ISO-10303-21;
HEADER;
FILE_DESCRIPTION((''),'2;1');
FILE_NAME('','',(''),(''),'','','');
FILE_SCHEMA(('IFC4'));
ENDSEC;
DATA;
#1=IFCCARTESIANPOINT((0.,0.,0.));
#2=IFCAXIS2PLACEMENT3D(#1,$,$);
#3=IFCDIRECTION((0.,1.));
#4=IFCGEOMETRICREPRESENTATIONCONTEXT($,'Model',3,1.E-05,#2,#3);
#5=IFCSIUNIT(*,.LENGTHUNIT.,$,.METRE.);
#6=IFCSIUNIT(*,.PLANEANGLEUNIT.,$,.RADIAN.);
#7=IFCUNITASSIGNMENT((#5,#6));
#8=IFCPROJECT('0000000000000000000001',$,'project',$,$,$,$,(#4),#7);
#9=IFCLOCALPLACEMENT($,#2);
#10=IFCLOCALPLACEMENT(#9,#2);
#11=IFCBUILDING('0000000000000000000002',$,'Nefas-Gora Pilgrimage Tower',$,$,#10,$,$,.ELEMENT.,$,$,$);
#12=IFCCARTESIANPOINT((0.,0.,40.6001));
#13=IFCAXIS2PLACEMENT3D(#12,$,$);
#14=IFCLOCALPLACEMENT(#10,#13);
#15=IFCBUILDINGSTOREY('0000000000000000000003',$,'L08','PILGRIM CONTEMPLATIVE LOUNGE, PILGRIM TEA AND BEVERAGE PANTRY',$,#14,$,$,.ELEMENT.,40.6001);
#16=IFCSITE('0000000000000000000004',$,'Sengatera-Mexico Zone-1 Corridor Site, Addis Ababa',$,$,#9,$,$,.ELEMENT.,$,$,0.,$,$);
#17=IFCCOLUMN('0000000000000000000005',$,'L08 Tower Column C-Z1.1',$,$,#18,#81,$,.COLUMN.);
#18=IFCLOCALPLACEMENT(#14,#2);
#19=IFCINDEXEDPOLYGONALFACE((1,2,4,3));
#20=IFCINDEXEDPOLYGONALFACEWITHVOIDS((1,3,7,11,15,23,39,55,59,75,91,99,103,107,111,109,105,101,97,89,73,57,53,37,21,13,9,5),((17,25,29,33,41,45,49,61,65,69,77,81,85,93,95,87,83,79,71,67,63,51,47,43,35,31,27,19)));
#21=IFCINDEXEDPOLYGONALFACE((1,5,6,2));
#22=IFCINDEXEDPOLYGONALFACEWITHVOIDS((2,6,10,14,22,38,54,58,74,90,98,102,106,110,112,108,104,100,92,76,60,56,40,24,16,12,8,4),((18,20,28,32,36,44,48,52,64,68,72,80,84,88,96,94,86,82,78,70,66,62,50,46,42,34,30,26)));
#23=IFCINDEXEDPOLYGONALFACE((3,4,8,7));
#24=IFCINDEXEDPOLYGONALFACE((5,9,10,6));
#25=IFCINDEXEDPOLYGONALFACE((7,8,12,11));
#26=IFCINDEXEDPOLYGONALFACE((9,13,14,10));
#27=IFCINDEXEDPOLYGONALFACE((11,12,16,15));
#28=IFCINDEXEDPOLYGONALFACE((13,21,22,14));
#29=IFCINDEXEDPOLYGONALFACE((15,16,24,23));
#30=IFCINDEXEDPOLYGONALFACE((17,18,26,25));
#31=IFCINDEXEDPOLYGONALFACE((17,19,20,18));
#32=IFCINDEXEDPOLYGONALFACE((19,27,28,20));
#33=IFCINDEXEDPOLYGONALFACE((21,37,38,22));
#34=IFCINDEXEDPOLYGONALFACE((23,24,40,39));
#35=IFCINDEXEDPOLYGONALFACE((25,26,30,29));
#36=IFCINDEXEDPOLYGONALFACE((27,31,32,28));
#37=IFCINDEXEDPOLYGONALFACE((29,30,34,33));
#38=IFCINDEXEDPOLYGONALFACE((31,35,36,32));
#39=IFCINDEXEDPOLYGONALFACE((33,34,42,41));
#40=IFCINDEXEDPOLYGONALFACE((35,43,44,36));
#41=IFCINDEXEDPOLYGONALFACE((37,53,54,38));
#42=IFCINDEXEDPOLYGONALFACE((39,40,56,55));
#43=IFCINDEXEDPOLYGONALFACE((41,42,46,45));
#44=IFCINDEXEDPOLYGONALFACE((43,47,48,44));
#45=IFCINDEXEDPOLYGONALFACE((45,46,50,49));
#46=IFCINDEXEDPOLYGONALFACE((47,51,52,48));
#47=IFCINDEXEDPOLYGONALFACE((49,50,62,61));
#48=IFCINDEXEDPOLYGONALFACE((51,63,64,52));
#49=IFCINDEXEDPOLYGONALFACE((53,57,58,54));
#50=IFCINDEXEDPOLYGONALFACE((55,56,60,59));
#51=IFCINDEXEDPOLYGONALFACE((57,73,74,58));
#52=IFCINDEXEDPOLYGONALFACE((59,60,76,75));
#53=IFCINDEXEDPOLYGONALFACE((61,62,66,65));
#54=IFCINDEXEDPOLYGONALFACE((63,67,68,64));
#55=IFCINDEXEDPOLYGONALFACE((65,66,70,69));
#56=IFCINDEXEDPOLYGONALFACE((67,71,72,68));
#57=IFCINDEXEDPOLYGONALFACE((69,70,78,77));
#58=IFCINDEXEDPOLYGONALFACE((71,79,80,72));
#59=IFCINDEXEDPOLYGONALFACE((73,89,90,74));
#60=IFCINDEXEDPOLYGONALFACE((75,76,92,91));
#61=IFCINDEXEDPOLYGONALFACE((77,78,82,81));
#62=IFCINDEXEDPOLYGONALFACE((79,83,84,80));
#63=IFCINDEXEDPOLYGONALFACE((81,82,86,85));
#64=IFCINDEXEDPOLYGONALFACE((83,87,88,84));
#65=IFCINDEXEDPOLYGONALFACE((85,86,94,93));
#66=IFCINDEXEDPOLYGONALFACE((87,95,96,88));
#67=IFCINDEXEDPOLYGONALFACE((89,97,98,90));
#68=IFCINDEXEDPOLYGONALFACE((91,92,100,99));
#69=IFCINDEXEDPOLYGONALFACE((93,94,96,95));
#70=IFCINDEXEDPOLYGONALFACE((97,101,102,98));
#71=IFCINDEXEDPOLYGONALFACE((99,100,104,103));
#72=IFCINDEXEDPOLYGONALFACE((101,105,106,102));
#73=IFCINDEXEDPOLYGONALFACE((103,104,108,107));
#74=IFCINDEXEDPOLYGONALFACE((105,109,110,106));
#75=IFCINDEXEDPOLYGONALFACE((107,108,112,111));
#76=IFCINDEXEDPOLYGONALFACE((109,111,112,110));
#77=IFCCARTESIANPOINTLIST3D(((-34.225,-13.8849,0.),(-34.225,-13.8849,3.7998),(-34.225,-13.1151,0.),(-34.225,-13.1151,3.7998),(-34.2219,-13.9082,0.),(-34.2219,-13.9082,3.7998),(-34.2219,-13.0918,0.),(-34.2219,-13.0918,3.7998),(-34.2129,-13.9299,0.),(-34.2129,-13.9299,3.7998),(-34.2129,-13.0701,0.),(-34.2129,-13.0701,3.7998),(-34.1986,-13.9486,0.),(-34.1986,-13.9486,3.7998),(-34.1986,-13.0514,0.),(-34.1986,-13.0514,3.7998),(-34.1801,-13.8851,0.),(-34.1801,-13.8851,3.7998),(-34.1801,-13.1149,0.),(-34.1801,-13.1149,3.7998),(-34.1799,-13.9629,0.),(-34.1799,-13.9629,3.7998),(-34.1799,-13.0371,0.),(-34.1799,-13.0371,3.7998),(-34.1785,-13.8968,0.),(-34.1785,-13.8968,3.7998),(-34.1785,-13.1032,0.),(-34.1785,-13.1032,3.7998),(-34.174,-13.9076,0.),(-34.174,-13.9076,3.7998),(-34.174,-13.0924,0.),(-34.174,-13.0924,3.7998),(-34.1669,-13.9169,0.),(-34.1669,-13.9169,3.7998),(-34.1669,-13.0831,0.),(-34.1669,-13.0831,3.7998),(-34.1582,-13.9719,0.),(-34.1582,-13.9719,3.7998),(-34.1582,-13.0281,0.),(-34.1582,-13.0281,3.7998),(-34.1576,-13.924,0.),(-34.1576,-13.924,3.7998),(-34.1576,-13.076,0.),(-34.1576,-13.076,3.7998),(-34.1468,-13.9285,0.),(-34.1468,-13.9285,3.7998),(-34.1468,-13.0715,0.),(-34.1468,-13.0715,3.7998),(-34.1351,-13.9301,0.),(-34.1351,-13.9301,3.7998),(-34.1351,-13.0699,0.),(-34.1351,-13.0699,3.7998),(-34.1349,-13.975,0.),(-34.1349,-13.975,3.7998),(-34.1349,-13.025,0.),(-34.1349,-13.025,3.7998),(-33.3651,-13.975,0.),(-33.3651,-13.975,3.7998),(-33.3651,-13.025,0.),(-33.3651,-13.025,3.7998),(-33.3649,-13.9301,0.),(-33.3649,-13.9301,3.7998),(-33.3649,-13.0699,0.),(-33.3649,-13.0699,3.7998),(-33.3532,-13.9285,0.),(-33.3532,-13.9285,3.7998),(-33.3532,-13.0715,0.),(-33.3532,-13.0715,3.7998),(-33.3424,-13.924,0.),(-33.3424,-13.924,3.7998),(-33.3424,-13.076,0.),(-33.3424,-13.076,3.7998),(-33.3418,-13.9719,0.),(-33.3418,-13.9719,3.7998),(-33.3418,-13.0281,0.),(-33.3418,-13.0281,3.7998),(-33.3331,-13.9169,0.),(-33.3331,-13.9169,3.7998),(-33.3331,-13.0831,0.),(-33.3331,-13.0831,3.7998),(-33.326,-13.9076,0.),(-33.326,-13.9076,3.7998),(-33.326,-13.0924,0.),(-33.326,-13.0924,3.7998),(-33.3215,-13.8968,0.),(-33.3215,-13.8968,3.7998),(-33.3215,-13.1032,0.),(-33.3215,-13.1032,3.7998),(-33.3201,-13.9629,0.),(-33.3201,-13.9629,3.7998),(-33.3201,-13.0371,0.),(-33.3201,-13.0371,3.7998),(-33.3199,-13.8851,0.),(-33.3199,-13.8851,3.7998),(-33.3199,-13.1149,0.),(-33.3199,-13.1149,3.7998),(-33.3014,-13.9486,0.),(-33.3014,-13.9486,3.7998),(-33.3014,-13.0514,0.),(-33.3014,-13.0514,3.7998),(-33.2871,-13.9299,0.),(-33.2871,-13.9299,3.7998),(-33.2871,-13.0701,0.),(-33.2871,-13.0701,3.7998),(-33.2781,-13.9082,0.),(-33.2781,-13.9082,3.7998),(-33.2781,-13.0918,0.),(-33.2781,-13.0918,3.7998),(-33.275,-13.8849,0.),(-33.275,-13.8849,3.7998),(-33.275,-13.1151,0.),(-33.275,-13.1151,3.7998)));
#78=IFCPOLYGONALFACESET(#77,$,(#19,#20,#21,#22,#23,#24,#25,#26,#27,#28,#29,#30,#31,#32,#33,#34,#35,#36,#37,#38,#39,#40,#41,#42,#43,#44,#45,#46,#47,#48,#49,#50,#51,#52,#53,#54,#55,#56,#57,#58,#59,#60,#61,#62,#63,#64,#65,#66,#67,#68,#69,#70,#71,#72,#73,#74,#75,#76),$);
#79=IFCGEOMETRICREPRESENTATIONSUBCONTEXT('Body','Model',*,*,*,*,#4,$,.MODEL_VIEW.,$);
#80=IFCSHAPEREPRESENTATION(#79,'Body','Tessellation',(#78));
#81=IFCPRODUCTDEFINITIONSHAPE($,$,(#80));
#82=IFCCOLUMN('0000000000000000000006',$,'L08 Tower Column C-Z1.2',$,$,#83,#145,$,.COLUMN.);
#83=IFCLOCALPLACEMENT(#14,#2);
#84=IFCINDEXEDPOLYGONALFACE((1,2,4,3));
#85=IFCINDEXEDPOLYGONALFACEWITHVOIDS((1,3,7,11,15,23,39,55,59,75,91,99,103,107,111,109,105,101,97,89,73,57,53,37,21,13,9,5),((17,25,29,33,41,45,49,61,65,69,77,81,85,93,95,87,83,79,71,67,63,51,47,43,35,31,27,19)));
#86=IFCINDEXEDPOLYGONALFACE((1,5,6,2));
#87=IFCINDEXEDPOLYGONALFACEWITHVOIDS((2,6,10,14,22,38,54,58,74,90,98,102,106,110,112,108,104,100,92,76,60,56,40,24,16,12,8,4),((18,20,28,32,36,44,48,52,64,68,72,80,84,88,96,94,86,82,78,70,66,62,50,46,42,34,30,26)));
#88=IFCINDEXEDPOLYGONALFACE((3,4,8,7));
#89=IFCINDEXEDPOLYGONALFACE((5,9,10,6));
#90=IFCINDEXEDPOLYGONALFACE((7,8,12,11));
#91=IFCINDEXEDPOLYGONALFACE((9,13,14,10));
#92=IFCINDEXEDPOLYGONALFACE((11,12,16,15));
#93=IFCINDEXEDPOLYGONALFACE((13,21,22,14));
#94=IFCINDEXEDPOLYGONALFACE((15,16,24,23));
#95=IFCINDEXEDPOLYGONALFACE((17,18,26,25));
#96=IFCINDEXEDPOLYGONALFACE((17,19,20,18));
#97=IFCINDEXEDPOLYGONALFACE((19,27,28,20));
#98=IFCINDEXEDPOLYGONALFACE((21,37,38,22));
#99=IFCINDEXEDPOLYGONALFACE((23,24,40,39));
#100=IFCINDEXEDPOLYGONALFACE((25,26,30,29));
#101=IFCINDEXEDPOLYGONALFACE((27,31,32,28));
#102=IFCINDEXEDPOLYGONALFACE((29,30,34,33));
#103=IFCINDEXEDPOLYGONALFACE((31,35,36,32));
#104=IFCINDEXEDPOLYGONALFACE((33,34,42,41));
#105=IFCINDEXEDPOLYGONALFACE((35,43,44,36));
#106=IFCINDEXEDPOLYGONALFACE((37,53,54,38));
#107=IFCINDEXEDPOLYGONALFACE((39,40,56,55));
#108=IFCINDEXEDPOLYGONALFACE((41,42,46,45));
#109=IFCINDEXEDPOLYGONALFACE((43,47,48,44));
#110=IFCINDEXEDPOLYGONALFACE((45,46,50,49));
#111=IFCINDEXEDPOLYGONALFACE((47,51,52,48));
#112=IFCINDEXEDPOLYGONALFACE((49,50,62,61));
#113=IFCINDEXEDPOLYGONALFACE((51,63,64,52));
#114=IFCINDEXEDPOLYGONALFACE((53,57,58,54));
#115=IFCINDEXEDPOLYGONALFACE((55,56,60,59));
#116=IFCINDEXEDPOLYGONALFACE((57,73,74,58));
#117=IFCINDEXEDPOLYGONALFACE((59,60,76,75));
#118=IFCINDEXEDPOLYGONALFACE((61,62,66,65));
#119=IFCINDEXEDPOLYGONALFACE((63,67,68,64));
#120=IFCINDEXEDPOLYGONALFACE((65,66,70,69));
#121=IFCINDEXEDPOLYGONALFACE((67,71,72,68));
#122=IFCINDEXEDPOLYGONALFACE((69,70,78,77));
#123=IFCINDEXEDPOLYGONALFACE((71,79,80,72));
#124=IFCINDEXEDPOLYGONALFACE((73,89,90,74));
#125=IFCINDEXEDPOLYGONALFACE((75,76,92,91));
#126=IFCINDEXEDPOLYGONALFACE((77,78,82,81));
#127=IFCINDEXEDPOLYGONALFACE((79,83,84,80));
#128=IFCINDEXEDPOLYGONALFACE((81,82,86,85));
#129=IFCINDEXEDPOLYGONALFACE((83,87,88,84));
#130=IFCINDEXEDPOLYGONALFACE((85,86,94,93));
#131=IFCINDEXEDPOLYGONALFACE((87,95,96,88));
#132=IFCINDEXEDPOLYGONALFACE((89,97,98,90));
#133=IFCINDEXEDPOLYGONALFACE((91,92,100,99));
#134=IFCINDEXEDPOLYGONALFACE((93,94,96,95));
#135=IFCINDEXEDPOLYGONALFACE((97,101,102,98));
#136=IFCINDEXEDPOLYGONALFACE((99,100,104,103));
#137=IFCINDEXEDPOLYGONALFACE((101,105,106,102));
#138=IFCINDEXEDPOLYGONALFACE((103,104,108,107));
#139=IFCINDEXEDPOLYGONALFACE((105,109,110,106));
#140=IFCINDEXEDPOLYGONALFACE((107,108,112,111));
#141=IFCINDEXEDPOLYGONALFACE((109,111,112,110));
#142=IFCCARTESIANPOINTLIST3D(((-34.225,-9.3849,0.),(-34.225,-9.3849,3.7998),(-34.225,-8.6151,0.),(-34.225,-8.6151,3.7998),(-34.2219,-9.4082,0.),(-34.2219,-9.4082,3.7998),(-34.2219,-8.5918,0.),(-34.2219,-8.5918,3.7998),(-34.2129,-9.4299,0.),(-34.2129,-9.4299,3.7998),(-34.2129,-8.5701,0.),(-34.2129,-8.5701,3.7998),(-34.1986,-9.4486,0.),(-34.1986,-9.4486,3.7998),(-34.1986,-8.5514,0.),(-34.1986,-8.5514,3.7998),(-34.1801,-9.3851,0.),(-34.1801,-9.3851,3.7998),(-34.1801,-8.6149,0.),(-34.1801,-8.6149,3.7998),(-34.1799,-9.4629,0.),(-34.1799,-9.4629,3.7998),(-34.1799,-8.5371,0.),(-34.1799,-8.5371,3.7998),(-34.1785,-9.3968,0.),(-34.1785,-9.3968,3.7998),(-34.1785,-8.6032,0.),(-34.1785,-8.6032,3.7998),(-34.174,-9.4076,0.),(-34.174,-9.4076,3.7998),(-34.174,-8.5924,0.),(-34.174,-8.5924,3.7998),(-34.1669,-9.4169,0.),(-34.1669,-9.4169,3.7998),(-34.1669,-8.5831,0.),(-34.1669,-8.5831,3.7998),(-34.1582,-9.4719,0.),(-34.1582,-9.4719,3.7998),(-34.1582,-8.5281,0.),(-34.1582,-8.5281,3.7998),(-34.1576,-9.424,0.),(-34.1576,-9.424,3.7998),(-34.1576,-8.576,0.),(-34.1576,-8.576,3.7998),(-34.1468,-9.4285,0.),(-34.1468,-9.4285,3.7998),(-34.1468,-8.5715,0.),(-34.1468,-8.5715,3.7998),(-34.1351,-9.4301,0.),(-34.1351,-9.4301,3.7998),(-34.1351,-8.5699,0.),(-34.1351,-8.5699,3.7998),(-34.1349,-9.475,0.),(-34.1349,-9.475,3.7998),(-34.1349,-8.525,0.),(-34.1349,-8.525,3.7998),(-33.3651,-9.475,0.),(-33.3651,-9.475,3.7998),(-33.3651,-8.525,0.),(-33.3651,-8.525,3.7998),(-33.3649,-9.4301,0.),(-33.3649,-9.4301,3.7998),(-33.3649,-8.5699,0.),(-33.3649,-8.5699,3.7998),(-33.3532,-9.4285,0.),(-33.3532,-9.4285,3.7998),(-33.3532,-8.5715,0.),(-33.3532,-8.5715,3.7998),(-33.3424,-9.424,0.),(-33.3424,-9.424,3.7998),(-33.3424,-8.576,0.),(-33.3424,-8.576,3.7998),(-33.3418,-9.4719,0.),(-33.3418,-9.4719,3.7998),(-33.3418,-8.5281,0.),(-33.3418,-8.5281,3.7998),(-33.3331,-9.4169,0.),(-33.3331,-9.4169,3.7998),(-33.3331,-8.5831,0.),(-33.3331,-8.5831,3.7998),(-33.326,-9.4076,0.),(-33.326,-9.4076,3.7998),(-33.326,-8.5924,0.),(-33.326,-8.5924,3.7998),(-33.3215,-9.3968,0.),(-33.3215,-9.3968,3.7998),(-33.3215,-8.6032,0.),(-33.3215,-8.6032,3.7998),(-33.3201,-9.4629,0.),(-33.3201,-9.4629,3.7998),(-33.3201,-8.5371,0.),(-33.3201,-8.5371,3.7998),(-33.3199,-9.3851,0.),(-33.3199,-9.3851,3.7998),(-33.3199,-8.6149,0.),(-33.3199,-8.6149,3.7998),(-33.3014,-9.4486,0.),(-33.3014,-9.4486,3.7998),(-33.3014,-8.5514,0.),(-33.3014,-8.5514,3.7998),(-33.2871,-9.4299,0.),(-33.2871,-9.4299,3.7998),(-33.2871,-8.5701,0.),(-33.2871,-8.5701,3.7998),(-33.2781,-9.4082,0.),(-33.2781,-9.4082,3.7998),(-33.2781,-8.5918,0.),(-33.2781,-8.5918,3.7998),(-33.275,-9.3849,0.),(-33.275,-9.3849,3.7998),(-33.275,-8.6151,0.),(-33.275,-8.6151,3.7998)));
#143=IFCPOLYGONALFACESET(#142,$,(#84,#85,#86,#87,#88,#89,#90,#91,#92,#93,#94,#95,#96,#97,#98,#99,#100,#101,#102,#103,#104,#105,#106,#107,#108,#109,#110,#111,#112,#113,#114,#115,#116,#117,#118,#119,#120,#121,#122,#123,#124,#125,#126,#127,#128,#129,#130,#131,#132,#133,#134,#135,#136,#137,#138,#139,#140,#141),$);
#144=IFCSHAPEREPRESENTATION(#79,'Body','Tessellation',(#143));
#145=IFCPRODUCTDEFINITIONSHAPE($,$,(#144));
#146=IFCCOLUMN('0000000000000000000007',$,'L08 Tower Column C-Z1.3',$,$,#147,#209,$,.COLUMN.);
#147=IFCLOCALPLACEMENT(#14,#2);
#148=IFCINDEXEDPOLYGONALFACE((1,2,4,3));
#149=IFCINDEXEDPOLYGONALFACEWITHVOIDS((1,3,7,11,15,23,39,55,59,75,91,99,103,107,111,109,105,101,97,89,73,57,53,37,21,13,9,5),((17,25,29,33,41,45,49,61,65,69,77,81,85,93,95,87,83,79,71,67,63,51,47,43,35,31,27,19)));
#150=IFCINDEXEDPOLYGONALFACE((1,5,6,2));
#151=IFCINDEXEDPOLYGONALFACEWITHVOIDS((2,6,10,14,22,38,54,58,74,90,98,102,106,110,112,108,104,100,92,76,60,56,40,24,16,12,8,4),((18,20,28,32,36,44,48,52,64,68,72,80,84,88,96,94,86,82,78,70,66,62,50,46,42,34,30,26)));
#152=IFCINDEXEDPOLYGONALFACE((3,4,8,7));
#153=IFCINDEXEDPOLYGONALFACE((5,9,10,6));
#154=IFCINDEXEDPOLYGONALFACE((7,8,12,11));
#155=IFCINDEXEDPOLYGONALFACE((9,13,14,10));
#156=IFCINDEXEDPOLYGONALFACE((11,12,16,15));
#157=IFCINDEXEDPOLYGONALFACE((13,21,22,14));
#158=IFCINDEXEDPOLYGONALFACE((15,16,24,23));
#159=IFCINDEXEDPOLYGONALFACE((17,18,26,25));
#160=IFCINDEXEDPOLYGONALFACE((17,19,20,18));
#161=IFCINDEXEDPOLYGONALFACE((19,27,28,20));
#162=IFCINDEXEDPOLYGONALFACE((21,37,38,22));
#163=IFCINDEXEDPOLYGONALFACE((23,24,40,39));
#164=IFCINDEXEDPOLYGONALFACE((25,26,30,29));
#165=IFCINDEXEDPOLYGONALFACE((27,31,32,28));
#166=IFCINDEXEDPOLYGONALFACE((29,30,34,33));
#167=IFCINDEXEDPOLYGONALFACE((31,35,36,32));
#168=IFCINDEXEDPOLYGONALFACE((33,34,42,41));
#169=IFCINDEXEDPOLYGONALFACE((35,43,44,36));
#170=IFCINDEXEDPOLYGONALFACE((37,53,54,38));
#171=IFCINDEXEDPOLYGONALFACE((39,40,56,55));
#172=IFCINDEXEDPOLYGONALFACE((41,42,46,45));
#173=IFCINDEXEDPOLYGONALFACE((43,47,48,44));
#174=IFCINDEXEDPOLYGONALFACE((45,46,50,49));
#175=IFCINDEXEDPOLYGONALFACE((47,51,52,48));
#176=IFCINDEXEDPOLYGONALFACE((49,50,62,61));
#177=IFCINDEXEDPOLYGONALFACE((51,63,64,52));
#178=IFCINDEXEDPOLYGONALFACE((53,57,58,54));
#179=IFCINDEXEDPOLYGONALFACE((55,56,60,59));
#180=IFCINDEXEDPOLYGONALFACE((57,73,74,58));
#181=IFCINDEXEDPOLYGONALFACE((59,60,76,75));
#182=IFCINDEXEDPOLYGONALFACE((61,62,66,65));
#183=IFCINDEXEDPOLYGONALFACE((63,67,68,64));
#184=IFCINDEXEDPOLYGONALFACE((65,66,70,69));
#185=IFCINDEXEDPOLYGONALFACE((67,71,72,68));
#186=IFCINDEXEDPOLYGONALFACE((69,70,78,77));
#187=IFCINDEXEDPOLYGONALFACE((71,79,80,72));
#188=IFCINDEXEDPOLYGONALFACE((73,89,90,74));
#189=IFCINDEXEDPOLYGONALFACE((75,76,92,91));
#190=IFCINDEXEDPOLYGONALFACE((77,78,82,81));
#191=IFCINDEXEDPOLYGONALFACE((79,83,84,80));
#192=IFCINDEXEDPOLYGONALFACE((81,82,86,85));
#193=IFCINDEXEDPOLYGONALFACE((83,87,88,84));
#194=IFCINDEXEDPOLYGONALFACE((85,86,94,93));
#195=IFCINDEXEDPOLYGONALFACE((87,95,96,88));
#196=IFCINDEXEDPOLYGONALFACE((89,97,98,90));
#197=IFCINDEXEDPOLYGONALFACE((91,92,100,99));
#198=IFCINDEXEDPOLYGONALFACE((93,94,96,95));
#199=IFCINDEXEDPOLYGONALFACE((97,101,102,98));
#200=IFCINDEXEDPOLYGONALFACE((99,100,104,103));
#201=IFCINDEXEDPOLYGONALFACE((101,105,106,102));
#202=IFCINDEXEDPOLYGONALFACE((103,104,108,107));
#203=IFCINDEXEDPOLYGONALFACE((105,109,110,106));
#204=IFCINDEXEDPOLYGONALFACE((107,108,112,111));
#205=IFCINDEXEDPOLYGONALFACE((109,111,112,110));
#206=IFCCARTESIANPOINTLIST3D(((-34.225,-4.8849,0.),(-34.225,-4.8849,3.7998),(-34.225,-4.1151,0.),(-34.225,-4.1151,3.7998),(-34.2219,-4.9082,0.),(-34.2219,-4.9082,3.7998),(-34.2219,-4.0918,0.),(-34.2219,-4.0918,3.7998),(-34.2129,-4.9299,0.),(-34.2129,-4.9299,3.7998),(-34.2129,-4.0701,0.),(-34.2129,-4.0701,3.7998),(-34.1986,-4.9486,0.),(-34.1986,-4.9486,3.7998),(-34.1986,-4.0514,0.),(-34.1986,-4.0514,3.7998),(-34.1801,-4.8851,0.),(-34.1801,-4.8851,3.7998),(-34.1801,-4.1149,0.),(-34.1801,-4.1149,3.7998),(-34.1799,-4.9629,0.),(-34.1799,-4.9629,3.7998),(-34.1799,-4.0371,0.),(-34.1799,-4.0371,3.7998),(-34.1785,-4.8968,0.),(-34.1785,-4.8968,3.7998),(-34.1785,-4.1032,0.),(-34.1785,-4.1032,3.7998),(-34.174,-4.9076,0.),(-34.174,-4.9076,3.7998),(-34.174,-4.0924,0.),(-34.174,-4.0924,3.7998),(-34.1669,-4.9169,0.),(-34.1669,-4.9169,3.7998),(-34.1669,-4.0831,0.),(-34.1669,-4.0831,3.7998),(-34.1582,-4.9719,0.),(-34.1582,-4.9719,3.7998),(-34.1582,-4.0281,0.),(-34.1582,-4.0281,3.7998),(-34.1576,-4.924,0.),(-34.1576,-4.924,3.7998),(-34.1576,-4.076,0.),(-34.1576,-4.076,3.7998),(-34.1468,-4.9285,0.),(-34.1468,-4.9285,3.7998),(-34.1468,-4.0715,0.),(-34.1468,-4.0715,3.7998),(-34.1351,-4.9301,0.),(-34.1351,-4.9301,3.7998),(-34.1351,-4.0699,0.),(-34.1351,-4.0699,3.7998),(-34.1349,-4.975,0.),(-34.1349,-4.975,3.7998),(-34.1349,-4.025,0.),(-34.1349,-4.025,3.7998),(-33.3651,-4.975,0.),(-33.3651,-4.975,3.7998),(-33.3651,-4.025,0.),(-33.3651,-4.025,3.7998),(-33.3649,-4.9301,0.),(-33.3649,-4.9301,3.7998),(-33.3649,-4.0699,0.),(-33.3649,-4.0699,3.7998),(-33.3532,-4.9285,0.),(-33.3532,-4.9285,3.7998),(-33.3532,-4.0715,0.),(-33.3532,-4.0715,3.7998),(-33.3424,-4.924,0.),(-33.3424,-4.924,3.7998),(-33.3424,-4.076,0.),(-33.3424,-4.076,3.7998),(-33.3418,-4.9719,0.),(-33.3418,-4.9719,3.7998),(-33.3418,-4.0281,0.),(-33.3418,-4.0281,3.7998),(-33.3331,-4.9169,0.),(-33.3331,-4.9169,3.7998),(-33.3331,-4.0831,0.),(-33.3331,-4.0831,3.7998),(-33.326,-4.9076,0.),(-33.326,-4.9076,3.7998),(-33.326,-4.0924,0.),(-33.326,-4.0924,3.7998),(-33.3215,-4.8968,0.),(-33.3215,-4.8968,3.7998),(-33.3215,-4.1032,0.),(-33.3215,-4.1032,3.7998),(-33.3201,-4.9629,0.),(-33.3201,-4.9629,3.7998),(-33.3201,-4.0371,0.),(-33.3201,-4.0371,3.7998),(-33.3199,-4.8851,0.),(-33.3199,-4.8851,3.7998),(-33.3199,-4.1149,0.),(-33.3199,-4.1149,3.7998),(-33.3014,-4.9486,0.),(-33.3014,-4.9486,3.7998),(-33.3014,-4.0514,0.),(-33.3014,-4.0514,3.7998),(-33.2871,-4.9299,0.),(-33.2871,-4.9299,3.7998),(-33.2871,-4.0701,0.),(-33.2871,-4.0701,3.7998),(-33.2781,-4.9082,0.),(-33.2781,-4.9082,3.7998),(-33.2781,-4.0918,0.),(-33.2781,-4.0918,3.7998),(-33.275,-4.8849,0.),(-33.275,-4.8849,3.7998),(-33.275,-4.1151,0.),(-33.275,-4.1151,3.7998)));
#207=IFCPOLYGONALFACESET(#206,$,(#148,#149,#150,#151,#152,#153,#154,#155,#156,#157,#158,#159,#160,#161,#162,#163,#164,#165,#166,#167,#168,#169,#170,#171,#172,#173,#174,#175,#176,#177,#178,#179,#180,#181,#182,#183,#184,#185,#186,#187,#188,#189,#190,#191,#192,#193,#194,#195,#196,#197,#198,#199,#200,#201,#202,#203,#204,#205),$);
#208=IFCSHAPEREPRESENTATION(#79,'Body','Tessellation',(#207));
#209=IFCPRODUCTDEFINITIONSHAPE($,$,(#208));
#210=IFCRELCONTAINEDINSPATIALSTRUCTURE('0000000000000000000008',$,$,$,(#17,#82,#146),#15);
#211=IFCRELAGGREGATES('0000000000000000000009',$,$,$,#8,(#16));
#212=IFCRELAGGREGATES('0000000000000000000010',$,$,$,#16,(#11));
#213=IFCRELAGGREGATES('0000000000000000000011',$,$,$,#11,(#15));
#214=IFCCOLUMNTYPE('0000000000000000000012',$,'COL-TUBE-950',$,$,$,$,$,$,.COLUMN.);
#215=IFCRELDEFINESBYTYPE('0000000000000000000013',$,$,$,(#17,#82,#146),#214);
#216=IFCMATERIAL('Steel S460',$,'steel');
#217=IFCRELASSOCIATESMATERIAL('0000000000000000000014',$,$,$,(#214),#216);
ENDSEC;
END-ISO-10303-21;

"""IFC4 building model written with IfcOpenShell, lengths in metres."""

from ifc_helpers import new_model, si_unit, direction, frame, origin, origin_2d, place, context, subcontext, project, spatial, hollow_rectangle, extrude, source, transform, mapped, material, material_profile, profile_set, type_object, element, save


model = new_model("IFC4")

# Units and contexts
model_context = context("Model", 3, precision=1e-05, world=origin(), true_north=direction((0.0, 1.0)))
body_context = subcontext(model_context, "Body", "Model", "MODEL_VIEW")
ifc_project = project(units=[si_unit("LENGTHUNIT", "METRE"), si_unit("PLANEANGLEUNIT", "RADIAN")], contexts=[model_context])

# Site, building, storey
site_placement = place(None, origin())
site = spatial("IfcSite", under=ifc_project, at=site_placement, Name="Sengatera-Mexico Zone-1 Corridor Site, Addis Ababa", CompositionType="ELEMENT", RefElevation=0.0)
building_placement = place(site_placement, origin())
building = spatial("IfcBuilding", under=site, at=building_placement, Name="Nefas-Gora Pilgrimage Tower", CompositionType="ELEMENT")
storey_placement = place(building_placement, frame((0.0, 0.0, 40.6001)))
storey = spatial("IfcBuildingStorey", under=building, at=storey_placement, Name="L08", Description="PILGRIM CONTEMPLATIVE LOUNGE, PILGRIM TEA AND BEVERAGE PANTRY", CompositionType="ELEMENT", Elevation=40.6001)

# Columns
ifc_material_1 = material(Name="Steel S460", Category="steel")
ifc_material_profile_1 = material_profile(ifc_material_1, hollow_rectangle(XDim=0.95, YDim=0.95, WallThickness=0.0449, InnerFilletRadius=0.0449, OuterFilletRadius=0.0901, at=origin_2d()), Name="BOX 950x950x45")
ifc_profile_set_1 = profile_set([ifc_material_profile_1], Name="Steel S460")
column_type_1 = type_object("IfcColumnType", Name="COL-TUBE-950", PredefinedType="COLUMN", material=ifc_profile_set_1)
shared_shape_1 = source(origin(), body_context, "Body", "SweptSolid", [
    extrude(hollow_rectangle(XDim=0.95, YDim=0.95, WallThickness=0.0449, InnerFilletRadius=0.0449, OuterFilletRadius=0.0901, at=origin_2d()), origin(), (0.0, 0.0, 1.0), 3.7998),
])
for number, where, z_axis, x_axis, name in (
    (1, (-33.75, -13.5, 0.0), (0.0, 0.0, 1.0), (1.0, 0.0, 0.0), "L08 Tower Column C-Z1.1"),
    (2, (-33.75, -9.0, 0.0), (0.0, 0.0, 1.0), (1.0, 0.0, 0.0), "L08 Tower Column C-Z1.2"),
    (3, (-33.75, -4.5, 0.0), (0.0, 0.0, 1.0), (1.0, 0.0, 0.0), "L08 Tower Column C-Z1.3"),
):
    element("IfcColumn", number, at=place(storey_placement, frame(where, z_axis=z_axis, x_axis=x_axis)), inside=storey, type_object=column_type_1, Name=name, PredefinedType="COLUMN", context=body_context, shape_type="MappedRepresentation", body=[
        mapped(shared_shape_1, transform((0.0, 0.0, 0.0), x_axis=(1.0, 0.0, 0.0), y_axis=(0.0, 1.0, 0.0), z_axis=(0.0, 0.0, 1.0), scale=1.0)),
    ])

save(model, "model.ifc")
